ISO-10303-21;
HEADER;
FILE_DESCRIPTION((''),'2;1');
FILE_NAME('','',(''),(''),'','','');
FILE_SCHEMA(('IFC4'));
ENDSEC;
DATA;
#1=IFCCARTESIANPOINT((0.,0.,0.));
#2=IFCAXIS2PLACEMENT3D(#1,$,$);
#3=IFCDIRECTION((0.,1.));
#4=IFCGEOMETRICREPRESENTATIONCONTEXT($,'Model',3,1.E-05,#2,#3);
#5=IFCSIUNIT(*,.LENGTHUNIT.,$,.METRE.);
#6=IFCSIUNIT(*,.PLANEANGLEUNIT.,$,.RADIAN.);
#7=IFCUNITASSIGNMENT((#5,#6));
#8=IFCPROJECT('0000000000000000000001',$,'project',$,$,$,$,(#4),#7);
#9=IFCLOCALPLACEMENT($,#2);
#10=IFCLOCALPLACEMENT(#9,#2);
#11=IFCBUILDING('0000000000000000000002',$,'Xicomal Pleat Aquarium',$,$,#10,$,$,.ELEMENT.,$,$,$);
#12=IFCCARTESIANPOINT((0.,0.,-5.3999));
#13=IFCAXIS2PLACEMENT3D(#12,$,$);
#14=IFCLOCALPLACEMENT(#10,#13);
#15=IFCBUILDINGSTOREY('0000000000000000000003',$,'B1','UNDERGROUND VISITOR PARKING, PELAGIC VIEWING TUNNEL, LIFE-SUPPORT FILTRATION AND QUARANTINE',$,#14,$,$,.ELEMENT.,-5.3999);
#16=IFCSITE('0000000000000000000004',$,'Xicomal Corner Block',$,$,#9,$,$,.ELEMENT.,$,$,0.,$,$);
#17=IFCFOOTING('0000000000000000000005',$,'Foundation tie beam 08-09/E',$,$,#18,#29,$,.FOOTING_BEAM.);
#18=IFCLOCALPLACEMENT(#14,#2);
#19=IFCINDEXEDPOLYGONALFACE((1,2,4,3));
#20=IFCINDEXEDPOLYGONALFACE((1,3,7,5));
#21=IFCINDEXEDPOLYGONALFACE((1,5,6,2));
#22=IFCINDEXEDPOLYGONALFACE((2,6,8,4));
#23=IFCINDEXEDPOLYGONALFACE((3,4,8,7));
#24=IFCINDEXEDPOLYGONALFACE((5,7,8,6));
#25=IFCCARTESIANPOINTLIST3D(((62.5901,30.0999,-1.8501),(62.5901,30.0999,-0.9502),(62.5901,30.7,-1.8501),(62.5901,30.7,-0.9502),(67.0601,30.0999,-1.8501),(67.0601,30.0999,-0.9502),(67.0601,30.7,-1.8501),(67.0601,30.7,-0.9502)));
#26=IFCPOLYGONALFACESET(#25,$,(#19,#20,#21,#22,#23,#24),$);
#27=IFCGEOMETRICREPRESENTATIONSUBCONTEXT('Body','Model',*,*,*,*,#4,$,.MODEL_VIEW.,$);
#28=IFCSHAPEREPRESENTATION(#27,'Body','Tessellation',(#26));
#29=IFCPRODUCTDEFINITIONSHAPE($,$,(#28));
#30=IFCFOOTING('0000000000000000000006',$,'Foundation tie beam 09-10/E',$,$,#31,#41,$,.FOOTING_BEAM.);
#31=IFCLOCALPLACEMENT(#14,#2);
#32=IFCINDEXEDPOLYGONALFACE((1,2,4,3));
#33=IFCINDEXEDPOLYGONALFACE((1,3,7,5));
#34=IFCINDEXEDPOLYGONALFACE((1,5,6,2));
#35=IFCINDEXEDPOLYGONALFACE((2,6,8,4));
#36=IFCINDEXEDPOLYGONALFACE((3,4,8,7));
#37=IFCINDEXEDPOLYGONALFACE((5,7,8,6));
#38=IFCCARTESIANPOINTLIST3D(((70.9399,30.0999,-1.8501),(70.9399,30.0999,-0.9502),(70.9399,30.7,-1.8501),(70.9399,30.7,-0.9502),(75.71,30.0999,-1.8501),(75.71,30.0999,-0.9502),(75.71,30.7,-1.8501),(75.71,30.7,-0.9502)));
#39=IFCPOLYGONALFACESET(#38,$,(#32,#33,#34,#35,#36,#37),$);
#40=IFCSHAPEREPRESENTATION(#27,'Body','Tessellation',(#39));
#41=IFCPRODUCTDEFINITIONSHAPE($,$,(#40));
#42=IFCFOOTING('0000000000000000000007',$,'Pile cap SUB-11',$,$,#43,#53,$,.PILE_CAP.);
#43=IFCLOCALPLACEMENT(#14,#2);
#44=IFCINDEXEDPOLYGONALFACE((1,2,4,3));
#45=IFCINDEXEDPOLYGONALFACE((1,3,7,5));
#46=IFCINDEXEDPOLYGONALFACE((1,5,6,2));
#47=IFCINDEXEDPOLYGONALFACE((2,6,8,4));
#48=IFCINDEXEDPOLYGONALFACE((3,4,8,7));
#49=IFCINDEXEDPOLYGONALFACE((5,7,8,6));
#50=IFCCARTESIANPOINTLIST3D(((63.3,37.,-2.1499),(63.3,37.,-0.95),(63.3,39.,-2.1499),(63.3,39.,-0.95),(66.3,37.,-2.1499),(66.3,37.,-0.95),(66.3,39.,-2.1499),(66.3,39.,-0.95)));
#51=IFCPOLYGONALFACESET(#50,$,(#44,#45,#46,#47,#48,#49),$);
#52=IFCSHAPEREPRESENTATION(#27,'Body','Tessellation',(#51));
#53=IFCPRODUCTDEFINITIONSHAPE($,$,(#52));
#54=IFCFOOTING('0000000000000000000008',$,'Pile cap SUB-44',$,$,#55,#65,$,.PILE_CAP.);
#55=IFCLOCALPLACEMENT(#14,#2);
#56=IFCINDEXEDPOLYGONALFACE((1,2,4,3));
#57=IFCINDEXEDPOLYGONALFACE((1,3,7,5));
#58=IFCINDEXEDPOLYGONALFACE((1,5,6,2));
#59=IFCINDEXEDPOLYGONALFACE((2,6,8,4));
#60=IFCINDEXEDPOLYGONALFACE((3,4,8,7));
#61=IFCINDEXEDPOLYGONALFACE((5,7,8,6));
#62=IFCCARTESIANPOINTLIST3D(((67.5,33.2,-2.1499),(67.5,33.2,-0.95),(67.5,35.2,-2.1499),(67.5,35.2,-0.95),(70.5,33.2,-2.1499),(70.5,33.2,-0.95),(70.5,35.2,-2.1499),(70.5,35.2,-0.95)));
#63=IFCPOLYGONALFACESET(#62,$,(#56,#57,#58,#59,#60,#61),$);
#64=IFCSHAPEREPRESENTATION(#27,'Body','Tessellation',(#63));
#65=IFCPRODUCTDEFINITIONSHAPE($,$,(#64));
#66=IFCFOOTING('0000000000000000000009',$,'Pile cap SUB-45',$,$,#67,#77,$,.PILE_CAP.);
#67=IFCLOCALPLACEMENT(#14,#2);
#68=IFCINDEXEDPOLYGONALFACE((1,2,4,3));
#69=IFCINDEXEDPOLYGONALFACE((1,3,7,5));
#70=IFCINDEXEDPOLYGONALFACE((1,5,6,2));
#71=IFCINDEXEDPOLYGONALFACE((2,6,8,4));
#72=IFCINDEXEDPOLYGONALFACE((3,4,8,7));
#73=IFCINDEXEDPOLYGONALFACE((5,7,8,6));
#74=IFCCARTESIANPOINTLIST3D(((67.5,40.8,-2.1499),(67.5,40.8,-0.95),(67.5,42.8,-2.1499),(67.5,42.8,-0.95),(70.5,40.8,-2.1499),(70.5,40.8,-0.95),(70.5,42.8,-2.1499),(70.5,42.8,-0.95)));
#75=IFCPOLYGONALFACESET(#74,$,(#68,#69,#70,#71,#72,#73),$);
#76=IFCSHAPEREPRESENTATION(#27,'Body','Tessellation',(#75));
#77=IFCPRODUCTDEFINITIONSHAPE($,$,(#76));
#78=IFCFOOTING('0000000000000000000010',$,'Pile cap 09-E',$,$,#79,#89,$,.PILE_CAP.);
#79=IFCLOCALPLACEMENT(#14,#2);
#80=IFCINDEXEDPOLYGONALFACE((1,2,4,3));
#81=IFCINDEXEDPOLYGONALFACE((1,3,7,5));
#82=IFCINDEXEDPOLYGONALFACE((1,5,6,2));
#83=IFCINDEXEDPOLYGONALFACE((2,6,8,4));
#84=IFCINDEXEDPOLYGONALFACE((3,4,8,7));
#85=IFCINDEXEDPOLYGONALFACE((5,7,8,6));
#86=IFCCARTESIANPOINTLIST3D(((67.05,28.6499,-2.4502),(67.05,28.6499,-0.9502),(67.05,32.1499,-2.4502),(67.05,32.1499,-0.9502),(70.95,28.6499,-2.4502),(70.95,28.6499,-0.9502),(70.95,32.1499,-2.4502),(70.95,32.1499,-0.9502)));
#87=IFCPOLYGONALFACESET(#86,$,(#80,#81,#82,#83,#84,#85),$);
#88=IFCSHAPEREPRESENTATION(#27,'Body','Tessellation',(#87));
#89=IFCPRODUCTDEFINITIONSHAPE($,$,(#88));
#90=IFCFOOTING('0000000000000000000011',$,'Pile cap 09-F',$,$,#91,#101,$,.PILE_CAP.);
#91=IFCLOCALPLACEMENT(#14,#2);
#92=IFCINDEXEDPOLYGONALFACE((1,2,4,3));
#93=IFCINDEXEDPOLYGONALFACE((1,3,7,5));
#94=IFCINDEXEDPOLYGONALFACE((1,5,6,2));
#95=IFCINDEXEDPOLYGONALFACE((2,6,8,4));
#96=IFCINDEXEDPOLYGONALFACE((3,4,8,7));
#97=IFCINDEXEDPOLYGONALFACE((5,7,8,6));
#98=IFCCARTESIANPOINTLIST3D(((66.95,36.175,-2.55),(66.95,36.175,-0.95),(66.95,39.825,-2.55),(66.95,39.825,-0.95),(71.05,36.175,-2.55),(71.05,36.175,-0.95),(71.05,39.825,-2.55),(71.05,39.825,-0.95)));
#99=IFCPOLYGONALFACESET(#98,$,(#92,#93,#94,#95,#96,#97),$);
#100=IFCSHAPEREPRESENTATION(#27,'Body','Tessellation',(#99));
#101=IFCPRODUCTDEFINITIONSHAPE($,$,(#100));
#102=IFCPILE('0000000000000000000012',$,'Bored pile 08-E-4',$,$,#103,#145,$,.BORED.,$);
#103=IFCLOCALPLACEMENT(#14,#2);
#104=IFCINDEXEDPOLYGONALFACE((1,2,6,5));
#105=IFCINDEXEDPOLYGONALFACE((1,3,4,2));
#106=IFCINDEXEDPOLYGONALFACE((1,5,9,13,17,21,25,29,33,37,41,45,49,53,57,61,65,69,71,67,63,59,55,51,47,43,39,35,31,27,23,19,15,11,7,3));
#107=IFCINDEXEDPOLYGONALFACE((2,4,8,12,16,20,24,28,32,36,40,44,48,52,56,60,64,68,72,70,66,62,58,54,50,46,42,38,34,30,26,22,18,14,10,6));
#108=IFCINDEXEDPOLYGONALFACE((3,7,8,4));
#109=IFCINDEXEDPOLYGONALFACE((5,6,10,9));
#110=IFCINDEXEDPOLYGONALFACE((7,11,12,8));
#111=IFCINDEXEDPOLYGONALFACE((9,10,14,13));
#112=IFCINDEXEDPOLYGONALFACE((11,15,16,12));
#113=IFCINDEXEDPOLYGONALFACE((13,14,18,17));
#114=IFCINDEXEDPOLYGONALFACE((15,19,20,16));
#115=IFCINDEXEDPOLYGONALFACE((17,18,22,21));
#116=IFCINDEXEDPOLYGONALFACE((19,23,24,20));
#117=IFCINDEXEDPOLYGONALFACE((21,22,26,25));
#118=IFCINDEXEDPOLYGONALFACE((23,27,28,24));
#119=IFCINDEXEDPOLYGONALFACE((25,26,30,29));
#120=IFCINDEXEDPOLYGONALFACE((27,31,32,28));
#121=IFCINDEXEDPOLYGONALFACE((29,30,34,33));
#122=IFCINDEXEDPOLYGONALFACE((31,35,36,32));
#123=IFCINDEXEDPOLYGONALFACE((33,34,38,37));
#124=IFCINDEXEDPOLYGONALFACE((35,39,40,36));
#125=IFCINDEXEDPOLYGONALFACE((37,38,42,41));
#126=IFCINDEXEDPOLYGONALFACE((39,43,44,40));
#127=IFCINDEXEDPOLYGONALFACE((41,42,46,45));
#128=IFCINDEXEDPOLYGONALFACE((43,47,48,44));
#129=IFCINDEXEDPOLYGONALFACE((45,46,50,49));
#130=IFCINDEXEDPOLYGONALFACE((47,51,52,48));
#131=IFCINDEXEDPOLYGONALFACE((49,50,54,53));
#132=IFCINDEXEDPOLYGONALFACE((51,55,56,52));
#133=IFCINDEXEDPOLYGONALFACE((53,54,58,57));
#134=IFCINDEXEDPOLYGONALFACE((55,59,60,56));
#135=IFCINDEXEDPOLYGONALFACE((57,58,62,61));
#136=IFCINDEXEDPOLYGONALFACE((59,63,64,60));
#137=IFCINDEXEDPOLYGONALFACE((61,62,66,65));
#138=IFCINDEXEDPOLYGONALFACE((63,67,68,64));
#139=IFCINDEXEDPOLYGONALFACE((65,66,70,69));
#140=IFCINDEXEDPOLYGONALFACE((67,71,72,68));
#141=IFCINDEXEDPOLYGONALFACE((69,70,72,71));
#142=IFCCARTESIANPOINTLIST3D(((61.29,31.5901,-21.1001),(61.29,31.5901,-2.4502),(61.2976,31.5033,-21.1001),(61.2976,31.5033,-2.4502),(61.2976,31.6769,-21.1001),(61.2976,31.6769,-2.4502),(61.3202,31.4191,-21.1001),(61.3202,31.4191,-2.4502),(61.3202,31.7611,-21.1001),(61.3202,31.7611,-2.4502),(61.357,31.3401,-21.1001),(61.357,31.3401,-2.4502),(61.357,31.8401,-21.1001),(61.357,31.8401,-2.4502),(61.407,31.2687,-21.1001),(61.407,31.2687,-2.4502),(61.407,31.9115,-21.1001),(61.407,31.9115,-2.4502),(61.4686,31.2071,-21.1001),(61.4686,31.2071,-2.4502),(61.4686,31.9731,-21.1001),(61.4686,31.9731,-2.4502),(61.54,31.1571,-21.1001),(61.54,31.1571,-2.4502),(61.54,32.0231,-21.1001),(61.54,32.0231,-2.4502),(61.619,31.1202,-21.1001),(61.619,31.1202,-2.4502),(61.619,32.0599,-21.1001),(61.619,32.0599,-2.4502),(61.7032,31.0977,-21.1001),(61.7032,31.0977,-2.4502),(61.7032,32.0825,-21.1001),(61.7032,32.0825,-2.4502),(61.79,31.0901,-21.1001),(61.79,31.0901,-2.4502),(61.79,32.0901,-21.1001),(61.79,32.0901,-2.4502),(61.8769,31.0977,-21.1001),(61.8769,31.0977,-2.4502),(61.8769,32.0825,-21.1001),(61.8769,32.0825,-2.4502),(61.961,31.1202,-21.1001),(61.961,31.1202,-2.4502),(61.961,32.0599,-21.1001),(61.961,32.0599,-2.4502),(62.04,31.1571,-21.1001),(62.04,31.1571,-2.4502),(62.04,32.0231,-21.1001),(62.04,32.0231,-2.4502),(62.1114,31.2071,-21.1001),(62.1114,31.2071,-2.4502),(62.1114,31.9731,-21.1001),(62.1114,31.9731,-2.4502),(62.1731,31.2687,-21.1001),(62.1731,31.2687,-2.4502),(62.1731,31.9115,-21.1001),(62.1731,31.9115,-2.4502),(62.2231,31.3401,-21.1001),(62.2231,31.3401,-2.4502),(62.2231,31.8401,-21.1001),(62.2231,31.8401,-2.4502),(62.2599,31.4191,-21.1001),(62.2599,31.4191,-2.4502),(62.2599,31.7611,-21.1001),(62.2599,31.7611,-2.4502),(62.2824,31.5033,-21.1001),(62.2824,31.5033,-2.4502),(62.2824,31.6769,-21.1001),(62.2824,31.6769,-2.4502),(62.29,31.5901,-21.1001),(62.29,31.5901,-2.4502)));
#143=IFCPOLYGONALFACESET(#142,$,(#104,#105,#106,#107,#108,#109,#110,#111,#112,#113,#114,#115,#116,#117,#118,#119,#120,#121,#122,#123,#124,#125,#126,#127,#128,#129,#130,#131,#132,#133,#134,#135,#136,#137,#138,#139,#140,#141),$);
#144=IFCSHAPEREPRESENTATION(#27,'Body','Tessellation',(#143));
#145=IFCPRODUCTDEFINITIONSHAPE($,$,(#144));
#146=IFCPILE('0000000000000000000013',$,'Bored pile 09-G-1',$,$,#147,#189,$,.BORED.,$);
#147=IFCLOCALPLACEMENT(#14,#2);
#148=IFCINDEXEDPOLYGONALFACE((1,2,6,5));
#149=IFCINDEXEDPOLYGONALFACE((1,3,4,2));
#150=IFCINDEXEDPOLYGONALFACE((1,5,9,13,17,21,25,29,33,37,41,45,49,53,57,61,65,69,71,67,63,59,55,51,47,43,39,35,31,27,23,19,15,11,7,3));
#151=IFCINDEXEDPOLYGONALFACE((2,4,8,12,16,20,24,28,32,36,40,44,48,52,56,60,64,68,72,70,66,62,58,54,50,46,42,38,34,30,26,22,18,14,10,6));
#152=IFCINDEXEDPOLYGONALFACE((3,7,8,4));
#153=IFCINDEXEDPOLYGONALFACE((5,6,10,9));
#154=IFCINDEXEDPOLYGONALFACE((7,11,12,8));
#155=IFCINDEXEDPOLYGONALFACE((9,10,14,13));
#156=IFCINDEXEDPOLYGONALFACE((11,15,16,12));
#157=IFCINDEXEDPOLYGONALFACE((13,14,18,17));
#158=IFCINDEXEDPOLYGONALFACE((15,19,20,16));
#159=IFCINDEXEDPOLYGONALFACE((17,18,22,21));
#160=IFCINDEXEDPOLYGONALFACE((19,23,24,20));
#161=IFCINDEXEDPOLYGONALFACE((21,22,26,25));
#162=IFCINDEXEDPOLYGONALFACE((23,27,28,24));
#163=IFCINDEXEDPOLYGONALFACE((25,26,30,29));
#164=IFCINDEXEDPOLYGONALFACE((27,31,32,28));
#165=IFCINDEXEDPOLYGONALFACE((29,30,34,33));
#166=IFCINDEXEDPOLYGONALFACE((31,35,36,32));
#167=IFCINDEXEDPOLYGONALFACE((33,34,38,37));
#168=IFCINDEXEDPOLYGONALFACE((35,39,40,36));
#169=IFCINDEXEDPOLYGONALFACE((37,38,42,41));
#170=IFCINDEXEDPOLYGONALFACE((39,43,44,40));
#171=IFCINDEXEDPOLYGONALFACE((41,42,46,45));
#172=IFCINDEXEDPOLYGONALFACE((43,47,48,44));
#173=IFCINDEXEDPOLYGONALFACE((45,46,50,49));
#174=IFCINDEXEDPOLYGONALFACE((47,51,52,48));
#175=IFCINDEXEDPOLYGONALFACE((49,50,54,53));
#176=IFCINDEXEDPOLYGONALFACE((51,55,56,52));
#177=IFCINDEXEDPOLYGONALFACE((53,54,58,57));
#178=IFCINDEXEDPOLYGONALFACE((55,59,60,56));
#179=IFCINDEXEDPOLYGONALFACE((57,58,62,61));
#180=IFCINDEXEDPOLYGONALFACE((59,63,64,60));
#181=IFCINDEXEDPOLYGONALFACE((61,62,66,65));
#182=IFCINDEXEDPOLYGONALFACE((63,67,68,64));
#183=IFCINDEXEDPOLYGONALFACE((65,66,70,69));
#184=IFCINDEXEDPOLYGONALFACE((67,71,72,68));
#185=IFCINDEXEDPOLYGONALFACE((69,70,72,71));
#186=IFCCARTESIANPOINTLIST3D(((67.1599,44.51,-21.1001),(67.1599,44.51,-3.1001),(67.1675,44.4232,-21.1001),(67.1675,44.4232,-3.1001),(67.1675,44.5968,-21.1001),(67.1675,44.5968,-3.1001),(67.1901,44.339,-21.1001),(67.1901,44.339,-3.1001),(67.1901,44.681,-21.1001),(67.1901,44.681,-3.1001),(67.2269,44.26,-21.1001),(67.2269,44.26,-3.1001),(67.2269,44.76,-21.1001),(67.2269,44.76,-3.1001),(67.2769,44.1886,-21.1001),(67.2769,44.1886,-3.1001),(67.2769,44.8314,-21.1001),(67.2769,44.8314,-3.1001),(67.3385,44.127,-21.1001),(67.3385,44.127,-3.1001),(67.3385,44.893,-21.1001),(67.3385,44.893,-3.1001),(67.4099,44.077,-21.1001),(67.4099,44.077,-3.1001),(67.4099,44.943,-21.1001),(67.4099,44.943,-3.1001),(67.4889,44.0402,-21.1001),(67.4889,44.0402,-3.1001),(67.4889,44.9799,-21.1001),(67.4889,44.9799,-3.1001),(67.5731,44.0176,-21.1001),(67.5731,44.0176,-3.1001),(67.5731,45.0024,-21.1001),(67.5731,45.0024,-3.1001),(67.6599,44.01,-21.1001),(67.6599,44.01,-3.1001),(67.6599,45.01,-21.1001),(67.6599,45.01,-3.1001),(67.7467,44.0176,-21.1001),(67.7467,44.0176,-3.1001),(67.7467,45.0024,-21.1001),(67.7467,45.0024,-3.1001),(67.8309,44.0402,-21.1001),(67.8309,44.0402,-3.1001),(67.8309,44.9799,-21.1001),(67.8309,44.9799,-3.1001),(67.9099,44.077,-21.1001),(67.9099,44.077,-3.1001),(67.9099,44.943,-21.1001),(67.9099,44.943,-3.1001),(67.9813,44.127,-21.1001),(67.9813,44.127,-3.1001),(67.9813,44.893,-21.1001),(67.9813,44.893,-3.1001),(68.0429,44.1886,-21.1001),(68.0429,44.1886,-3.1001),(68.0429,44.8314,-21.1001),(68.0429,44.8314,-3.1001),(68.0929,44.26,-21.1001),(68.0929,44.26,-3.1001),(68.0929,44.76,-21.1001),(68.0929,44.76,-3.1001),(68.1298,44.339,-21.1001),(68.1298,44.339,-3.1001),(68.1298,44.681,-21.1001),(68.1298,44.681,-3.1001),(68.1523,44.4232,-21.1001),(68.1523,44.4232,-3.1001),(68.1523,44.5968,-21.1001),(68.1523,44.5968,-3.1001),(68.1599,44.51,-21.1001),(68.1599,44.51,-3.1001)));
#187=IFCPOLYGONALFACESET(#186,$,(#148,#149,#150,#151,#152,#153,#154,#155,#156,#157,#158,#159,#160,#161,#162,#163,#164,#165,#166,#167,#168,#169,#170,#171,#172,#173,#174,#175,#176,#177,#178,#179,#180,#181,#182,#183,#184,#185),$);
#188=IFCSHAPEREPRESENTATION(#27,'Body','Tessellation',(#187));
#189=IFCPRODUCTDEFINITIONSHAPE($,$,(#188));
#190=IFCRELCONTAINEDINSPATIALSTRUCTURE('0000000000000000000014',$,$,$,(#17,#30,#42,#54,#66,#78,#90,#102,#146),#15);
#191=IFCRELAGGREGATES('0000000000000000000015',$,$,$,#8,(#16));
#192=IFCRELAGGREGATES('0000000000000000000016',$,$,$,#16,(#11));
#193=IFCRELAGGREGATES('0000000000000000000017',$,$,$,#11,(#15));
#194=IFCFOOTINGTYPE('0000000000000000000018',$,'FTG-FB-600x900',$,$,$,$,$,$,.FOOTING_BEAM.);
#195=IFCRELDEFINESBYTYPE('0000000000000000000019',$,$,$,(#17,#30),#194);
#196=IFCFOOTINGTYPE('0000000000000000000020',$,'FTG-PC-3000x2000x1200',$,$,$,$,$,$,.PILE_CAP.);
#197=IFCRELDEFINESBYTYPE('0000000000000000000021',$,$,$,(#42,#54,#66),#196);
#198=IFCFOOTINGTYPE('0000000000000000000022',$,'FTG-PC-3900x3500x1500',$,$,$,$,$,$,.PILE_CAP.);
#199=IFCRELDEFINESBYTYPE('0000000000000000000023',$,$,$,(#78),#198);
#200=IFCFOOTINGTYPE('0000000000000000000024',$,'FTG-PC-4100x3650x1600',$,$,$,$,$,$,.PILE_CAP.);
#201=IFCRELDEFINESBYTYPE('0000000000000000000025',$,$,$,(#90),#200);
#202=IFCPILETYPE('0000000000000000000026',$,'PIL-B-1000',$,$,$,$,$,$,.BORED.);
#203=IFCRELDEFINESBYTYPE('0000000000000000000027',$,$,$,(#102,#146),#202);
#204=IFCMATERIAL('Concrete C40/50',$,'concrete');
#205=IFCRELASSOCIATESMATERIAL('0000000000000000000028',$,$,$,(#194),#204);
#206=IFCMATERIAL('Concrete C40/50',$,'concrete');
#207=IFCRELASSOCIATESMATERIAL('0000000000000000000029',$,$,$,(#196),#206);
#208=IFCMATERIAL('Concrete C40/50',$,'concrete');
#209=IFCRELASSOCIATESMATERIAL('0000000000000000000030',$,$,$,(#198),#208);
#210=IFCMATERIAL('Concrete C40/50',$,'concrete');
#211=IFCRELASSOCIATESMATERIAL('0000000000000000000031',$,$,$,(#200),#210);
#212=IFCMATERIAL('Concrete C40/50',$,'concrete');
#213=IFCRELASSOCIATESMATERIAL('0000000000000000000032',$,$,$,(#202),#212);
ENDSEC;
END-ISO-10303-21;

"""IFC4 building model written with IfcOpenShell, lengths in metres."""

from ifc_helpers import new_model, si_unit, direction, frame, origin, origin_2d, place, context, subcontext, project, spatial, rectangle, circle, extrude, material, material_profile, profile_set, type_object, element, save


model = new_model("IFC4")

# Units and contexts
model_context = context("Model", 3, precision=1e-05, world=origin(), true_north=direction((0.0, 1.0)))
body_context = subcontext(model_context, "Body", "Model", "MODEL_VIEW")
ifc_project = project(units=[si_unit("LENGTHUNIT", "METRE"), si_unit("PLANEANGLEUNIT", "RADIAN")], contexts=[model_context])

# Site, building, storey
site_placement = place(None, origin())
site = spatial("IfcSite", under=ifc_project, at=site_placement, Name="Xicomal Corner Block", CompositionType="ELEMENT", RefElevation=0.0)
building_placement = place(site_placement, origin())
building = spatial("IfcBuilding", under=site, at=building_placement, Name="Xicomal Pleat Aquarium", CompositionType="ELEMENT")
storey_placement = place(building_placement, frame((0.0, 0.0, -5.3999)))
storey = spatial("IfcBuildingStorey", under=building, at=storey_placement, Name="B1", Description="UNDERGROUND VISITOR PARKING, PELAGIC VIEWING TUNNEL, LIFE-SUPPORT FILTRATION AND QUARANTINE", CompositionType="ELEMENT", Elevation=-5.3999)

# Footings
ifc_material_1 = material(Name="Concrete C40/50", Category="concrete")
ifc_material_profile_1 = material_profile(ifc_material_1, rectangle(XDim=0.6001, YDim=0.8999, at=origin_2d()), Name="FB-02 600x900")
ifc_profile_set_1 = profile_set([ifc_material_profile_1], Name="Concrete C40/50")
footing_type_1 = type_object("IfcFootingType", Name="FTG-FB-600x900", PredefinedType="FOOTING_BEAM", material=ifc_profile_set_1)
footing_1_placement = place(storey_placement, frame((62.5901, 30.3999, -1.4001), z_axis=(1.0, 0.0, 0.0), x_axis=(0.0, 1.0, 0.0)))
element("IfcFooting", 1, at=footing_1_placement, inside=storey, type_object=footing_type_1, Name="Foundation tie beam 08-09/E", PredefinedType="FOOTING_BEAM", context=body_context, shape_type="SweptSolid", body=[
    extrude(rectangle(XDim=0.6001, YDim=0.8999, at=origin_2d()), origin(), (0.0, 0.0, 1.0), 4.47),
])
footing_2_placement = place(storey_placement, frame((70.9399, 30.3999, -1.4001), z_axis=(1.0, 0.0, 0.0), x_axis=(0.0, 1.0, 0.0)))
element("IfcFooting", 2, at=footing_2_placement, inside=storey, type_object=footing_type_1, Name="Foundation tie beam 09-10/E", PredefinedType="FOOTING_BEAM", context=body_context, shape_type="SweptSolid", body=[
    extrude(rectangle(XDim=0.6001, YDim=0.8999, at=origin_2d()), origin(), (0.0, 0.0, 1.0), 4.77),
])
ifc_material_2 = material(Name="Concrete C40/50", Category="concrete")
footing_type_2 = type_object("IfcFootingType", Name="FTG-PC-3000x2000x1200", PredefinedType="PILE_CAP", material=ifc_material_2)
for number, where, z_axis, x_axis, name in (
    (3, (64.8, 38.0, -2.1499), (0.0, 0.0, 1.0), (1.0, 0.0, 0.0), "Pile cap SUB-11"),
    (4, (69.0, 34.2, -2.1499), (0.0, 0.0, 1.0), (1.0, 0.0, 0.0), "Pile cap SUB-44"),
    (5, (69.0, 41.8, -2.1499), (0.0, 0.0, 1.0), (1.0, 0.0, 0.0), "Pile cap SUB-45"),
):
    element("IfcFooting", number, at=place(storey_placement, frame(where, z_axis=z_axis, x_axis=x_axis)), inside=storey, type_object=footing_type_2, Name=name, PredefinedType="PILE_CAP", context=body_context, shape_type="SweptSolid", body=[
        extrude(rectangle(XDim=3.0, YDim=2.0, at=origin_2d()), origin(), (0.0, 0.0, 1.0), 1.2),
    ])
ifc_material_3 = material(Name="Concrete C40/50", Category="concrete")
footing_type_3 = type_object("IfcFootingType", Name="FTG-PC-3900x3500x1500", PredefinedType="PILE_CAP", material=ifc_material_3)
footing_3_placement = place(storey_placement, frame((69.0, 30.3999, -2.4502), z_axis=(0.0, 0.0, 1.0), x_axis=(1.0, 0.0, 0.0)))
element("IfcFooting", 6, at=footing_3_placement, inside=storey, type_object=footing_type_3, Name="Pile cap 09-E", PredefinedType="PILE_CAP", context=body_context, shape_type="SweptSolid", body=[
    extrude(rectangle(XDim=3.8999, YDim=3.5, at=origin_2d()), origin(), (0.0, 0.0, 1.0), 1.5),
])
ifc_material_4 = material(Name="Concrete C40/50", Category="concrete")
footing_type_4 = type_object("IfcFootingType", Name="FTG-PC-4100x3650x1600", PredefinedType="PILE_CAP", material=ifc_material_4)
footing_4_placement = place(storey_placement, frame((69.0, 38.0, -2.55), z_axis=(0.0, 0.0, 1.0), x_axis=(1.0, 0.0, 0.0)))
element("IfcFooting", 7, at=footing_4_placement, inside=storey, type_object=footing_type_4, Name="Pile cap 09-F", PredefinedType="PILE_CAP", context=body_context, shape_type="SweptSolid", body=[
    extrude(rectangle(XDim=4.1001, YDim=3.6499, at=origin_2d()), origin(), (0.0, 0.0, 1.0), 1.6001),
])

# Piles
ifc_material_5 = material(Name="Concrete C40/50", Category="concrete")
ifc_material_profile_2 = material_profile(ifc_material_5, circle(Radius=0.5, at=origin_2d()), Name="BORED PILE D1000")
ifc_profile_set_2 = profile_set([ifc_material_profile_2], Name="Concrete C40/50")
pile_type_1 = type_object("IfcPileType", Name="PIL-B-1000", PredefinedType="BORED", material=ifc_profile_set_2)
pile_1_placement = place(storey_placement, frame((61.79, 31.5901, -2.4502), z_axis=(0.0, 0.0, -1.0), x_axis=(1.0, 0.0, 0.0)))
element("IfcPile", 8, at=pile_1_placement, inside=storey, type_object=pile_type_1, Name="Bored pile 08-E-4", PredefinedType="BORED", context=body_context, shape_type="SweptSolid", body=[
    extrude(circle(Radius=0.5, at=origin_2d()), origin(), (0.0, 0.0, 1.0), 18.6499),
])
for number, where, z_axis, x_axis, name in (
    (9, (67.6599, 44.51, -3.1001), (0.0, 0.0, -1.0), (1.0, 0.0, 0.0), "Bored pile 09-G-1"),
):
    element("IfcPile", number, at=place(storey_placement, frame(where, z_axis=z_axis, x_axis=x_axis)), inside=storey, type_object=pile_type_1, Name=name, PredefinedType="BORED", context=body_context, shape_type="SweptSolid", body=[
        extrude(circle(Radius=0.5, at=origin_2d()), origin(), (0.0, 0.0, 1.0), 18.0),
    ])

save(model, "model.ifc")
